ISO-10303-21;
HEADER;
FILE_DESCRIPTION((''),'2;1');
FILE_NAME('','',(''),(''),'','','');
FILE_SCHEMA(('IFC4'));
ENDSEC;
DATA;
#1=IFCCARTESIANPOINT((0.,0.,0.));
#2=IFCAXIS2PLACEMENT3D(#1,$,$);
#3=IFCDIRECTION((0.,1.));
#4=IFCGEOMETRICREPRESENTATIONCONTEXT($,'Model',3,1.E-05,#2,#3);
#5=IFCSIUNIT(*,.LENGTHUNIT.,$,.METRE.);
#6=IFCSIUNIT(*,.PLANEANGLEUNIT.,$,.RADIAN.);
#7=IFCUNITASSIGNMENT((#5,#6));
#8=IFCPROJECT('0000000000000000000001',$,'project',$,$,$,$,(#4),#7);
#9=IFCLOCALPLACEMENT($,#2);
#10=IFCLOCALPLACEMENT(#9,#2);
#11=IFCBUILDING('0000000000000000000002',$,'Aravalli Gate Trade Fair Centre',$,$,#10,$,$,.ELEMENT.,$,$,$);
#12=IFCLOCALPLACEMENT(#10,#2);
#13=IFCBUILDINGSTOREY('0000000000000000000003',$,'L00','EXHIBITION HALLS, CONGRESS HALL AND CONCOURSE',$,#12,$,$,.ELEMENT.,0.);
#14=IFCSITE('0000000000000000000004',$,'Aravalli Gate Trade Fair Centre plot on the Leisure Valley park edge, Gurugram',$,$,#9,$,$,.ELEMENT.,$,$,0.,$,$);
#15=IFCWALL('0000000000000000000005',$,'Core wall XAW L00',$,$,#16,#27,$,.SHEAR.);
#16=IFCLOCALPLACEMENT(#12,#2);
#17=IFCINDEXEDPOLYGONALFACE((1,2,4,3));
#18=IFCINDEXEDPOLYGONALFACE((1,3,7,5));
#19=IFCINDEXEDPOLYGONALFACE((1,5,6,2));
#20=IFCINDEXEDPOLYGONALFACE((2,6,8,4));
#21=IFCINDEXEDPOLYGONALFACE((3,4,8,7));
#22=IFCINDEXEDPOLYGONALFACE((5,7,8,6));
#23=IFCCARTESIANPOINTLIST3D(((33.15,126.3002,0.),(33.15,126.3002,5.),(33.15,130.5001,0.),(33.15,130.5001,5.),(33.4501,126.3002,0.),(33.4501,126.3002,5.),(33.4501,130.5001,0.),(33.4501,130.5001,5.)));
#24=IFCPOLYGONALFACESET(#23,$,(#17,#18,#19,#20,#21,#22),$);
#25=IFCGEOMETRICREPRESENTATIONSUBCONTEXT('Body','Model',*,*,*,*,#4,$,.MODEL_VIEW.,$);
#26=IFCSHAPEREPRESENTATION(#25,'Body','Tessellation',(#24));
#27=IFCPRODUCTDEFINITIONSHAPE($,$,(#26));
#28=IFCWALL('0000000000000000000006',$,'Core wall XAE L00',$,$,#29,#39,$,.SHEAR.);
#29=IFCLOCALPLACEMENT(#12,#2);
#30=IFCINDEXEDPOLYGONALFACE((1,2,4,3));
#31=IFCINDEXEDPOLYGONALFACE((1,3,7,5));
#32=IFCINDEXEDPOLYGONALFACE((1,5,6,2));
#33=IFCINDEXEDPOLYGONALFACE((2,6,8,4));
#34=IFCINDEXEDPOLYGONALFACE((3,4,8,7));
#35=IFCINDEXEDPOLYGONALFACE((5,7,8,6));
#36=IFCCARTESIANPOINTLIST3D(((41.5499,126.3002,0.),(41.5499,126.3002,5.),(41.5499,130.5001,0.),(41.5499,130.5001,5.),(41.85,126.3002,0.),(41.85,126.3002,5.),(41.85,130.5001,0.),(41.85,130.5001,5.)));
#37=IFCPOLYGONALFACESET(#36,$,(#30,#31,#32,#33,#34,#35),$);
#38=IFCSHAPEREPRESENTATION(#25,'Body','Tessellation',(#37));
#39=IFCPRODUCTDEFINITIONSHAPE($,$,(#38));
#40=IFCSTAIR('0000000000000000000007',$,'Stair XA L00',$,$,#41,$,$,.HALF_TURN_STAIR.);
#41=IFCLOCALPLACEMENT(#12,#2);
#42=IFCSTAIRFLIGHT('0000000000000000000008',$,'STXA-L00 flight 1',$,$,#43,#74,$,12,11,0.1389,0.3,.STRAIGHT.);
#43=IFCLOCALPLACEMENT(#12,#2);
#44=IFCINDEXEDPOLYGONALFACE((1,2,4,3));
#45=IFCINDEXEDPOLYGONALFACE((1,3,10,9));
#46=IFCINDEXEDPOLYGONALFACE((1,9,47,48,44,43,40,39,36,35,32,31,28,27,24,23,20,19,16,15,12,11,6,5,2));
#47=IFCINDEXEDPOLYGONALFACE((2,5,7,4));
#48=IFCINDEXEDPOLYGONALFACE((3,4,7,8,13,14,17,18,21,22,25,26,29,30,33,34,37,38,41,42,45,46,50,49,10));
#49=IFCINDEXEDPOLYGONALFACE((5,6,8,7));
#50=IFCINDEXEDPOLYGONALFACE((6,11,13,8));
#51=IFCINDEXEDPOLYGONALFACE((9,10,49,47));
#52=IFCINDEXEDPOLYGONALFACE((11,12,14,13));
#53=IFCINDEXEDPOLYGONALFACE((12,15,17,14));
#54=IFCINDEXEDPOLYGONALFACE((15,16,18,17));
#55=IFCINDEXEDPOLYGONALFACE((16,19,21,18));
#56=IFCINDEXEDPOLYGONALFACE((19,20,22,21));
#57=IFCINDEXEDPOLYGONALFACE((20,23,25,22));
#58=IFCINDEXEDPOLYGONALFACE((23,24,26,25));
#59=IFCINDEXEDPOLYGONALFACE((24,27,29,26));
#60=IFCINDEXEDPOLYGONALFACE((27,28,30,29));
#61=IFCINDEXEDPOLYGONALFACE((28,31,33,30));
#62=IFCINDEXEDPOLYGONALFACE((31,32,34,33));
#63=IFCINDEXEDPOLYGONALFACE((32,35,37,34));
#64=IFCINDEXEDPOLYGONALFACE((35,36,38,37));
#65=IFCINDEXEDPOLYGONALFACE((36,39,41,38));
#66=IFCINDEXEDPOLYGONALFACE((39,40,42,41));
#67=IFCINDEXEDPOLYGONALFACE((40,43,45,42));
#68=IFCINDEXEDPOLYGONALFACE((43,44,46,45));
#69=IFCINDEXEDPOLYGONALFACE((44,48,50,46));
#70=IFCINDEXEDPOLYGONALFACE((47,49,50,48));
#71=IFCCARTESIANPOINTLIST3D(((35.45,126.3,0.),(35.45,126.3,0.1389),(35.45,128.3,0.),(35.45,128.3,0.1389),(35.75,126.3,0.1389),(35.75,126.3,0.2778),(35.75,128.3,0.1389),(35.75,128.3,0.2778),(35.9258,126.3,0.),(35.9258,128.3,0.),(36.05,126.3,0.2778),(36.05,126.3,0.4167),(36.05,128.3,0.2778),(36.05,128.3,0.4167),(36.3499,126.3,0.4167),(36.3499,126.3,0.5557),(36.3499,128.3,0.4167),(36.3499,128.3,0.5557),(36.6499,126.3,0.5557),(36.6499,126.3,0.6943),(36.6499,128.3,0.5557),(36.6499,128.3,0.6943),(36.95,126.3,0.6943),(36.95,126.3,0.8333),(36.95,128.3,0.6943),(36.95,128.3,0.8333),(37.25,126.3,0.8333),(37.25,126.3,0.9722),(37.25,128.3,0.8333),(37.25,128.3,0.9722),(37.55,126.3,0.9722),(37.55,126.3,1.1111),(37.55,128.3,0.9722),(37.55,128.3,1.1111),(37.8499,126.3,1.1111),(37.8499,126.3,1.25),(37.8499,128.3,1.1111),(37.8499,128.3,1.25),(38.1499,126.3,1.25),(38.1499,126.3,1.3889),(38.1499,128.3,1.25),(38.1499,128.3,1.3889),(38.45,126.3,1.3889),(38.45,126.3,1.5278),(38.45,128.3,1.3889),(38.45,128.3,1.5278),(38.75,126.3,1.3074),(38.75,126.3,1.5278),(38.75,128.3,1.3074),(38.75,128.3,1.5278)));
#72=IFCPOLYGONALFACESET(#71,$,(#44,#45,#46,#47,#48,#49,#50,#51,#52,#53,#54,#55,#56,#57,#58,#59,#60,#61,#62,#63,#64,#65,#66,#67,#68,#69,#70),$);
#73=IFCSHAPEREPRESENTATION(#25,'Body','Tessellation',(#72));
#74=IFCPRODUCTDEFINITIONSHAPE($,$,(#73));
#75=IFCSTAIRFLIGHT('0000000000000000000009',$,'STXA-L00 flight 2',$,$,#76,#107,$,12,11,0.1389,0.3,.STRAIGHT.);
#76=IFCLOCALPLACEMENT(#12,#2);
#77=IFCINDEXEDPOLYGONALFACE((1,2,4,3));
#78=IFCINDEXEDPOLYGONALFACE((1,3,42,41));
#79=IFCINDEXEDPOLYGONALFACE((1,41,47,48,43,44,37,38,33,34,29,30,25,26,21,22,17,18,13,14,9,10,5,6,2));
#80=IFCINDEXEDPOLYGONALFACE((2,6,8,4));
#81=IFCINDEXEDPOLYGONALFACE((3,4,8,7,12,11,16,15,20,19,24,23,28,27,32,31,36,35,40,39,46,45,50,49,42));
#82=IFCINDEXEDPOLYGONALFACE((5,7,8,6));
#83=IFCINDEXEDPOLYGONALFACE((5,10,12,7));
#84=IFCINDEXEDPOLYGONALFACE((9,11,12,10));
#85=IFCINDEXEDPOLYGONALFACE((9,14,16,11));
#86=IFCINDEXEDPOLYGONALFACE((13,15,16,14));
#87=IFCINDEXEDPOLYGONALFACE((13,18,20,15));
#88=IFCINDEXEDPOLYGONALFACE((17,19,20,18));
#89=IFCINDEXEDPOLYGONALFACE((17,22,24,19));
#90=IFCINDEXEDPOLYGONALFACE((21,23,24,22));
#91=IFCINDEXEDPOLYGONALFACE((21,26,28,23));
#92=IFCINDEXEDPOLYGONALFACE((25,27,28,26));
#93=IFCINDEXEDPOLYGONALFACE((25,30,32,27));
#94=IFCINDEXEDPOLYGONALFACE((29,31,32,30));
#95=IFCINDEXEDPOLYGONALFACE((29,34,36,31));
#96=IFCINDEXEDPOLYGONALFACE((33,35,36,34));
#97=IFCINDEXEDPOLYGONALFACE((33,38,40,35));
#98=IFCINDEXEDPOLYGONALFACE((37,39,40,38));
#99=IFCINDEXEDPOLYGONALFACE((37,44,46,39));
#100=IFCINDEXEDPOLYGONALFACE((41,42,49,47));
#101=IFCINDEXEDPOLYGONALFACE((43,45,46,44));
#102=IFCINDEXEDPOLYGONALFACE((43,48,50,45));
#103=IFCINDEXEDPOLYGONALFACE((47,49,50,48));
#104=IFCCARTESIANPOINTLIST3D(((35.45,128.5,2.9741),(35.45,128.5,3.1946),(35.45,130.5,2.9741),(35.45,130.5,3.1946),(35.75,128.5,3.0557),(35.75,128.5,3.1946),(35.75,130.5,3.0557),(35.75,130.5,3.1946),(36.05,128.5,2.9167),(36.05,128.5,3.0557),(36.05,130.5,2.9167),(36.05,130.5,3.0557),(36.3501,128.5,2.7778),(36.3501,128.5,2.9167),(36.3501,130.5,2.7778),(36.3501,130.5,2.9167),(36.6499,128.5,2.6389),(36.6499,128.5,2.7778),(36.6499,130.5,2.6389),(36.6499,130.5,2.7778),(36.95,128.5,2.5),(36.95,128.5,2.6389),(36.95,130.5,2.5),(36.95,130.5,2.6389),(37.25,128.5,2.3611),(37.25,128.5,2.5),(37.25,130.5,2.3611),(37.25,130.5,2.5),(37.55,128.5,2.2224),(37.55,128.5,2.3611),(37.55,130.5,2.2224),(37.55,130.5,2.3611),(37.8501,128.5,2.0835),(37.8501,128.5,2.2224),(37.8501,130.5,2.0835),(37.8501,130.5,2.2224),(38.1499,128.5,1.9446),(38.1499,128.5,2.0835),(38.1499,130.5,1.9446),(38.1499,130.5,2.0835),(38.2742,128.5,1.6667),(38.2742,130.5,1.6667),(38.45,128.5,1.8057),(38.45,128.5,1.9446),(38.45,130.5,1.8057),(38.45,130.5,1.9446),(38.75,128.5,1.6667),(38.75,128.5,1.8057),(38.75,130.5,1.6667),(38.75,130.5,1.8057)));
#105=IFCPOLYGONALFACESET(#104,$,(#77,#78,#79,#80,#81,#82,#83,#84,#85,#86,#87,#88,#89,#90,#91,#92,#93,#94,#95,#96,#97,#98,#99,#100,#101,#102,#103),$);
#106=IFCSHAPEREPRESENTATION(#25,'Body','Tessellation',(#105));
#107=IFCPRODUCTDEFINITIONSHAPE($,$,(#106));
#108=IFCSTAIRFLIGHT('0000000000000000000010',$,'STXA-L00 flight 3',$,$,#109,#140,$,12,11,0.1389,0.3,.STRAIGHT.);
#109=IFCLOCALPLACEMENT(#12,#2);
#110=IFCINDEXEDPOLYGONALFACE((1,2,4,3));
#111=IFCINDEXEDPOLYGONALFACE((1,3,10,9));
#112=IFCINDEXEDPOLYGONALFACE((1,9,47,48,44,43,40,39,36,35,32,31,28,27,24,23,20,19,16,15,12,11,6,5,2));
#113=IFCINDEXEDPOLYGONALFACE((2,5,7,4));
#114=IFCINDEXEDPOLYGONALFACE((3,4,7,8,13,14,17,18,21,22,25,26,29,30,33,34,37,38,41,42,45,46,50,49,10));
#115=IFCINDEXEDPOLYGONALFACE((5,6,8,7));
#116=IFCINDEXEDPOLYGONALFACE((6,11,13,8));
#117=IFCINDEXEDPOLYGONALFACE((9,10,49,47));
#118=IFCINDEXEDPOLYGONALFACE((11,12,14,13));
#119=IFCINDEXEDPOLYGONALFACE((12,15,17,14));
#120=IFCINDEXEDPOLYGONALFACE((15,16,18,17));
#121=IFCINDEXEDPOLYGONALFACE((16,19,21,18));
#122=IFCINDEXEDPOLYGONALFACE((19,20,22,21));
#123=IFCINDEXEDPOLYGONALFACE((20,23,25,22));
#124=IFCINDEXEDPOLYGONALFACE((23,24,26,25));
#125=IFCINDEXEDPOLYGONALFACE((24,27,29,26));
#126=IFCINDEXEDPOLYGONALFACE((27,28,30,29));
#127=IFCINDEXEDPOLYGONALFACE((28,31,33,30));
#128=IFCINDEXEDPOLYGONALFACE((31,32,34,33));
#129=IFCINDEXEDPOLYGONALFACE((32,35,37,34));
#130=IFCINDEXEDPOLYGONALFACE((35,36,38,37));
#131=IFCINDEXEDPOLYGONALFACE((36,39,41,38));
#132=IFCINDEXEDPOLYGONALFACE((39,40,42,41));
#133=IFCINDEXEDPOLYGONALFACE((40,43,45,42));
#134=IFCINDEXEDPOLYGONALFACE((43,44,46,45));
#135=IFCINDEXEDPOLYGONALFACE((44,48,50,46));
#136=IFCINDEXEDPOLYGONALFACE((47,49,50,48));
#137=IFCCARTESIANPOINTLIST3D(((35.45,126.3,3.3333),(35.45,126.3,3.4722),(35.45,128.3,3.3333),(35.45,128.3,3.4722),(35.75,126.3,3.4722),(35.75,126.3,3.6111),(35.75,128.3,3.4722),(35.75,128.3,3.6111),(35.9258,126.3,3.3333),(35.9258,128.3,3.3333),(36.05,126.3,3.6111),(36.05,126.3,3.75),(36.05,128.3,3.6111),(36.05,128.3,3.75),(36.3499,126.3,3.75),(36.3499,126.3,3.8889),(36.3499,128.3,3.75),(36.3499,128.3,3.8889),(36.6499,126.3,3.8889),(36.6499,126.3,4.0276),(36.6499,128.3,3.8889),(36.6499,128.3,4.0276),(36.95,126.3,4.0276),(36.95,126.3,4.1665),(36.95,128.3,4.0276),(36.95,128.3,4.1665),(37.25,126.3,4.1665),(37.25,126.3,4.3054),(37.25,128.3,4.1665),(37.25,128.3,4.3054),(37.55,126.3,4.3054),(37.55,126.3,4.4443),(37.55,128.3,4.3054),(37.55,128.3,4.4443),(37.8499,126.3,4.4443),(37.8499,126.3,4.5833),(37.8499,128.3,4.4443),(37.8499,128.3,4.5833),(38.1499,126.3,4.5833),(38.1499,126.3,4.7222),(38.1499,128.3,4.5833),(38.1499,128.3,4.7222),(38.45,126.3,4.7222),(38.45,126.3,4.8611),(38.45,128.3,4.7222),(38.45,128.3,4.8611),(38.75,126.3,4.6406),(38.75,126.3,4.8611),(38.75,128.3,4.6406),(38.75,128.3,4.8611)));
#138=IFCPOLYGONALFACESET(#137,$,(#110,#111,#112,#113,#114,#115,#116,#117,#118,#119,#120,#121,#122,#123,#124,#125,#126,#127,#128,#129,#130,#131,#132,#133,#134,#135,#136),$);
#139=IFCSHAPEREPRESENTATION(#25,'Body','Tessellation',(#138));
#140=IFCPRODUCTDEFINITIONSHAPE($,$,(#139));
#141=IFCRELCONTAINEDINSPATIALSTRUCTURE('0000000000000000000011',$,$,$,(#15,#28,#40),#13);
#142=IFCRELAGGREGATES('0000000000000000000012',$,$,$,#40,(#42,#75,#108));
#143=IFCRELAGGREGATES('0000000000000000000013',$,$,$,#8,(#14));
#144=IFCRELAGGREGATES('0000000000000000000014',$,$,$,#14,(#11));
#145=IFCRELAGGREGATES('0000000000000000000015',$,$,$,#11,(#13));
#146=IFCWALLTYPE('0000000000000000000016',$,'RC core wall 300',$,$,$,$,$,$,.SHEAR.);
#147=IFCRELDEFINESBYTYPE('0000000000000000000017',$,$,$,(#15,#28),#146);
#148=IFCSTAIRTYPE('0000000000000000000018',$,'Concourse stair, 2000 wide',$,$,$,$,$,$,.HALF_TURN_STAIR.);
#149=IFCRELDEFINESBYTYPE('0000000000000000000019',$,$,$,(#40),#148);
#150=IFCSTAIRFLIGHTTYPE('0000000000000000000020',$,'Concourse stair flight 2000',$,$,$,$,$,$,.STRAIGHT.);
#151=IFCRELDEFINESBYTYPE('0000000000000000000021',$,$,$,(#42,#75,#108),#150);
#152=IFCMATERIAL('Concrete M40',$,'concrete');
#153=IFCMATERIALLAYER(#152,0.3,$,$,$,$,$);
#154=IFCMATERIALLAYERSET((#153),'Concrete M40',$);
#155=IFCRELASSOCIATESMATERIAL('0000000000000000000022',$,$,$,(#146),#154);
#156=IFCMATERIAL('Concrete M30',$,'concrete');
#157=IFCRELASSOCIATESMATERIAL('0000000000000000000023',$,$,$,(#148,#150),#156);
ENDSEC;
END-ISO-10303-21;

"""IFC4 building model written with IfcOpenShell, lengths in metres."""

from ifc_helpers import new_model, si_unit, direction, frame, frame_2d, origin, place, context, subcontext, project, spatial, polyline, rectangle, outline, extrude, material, layer, layer_set, type_object, element, aggregate, save


model = new_model("IFC4")

# Units and contexts
model_context = context("Model", 3, precision=1e-05, world=origin(), true_north=direction((0.0, 1.0)))
body_context = subcontext(model_context, "Body", "Model", "MODEL_VIEW")
ifc_project = project(units=[si_unit("LENGTHUNIT", "METRE"), si_unit("PLANEANGLEUNIT", "RADIAN")], contexts=[model_context])

# Site, building, storey
site_placement = place(None, origin())
site = spatial("IfcSite", under=ifc_project, at=site_placement, Name="Aravalli Gate Trade Fair Centre plot on the Leisure Valley park edge, Gurugram", CompositionType="ELEMENT", RefElevation=0.0)
building_placement = place(site_placement, origin())
building = spatial("IfcBuilding", under=site, at=building_placement, Name="Aravalli Gate Trade Fair Centre", CompositionType="ELEMENT")
storey_placement = place(building_placement, origin())
storey = spatial("IfcBuildingStorey", under=building, at=storey_placement, Name="L00", Description="EXHIBITION HALLS, CONGRESS HALL AND CONCOURSE", CompositionType="ELEMENT", Elevation=0.0)

# Shared definitions
ifc_material_1 = material(Name="Concrete M40", Category="concrete")
ifc_layer_1 = layer(ifc_material_1, 0.3)
ifc_layer_set_1 = layer_set([ifc_layer_1], Name="Concrete M40")
wall_type_1 = type_object("IfcWallType", Name="RC core wall 300", PredefinedType="SHEAR", material=ifc_layer_set_1)

# Walls
for number, where, z_axis, x_axis, name in (
    (1, (33.3, 126.3, 0.0), (0.0, 0.0, 1.0), (0.0, 1.0, 0.0), "Core wall XAW L00"),
    (2, (41.7, 126.3, 0.0), (0.0, 0.0, 1.0), (0.0, 1.0, 0.0), "Core wall XAE L00"),
):
    element("IfcWall", number, at=place(storey_placement, frame(where, z_axis=z_axis, x_axis=x_axis)), inside=storey, type_object=wall_type_1, Name=name, PredefinedType="SHEAR", context=body_context, shape_type="SweptSolid", body=[
        extrude(rectangle(XDim=4.2, YDim=0.3, at=frame_2d((2.1001, 0.0))), origin(), (0.0, 0.0, 1.0), 5.0),
    ])

# Stair, stair flights
ifc_material_2 = material(Name="Concrete M30", Category="concrete")
stair_type = type_object("IfcStairType", Name="Concourse stair, 2000 wide", PredefinedType="HALF_TURN_STAIR", material=ifc_material_2)
stair_placement = place(storey_placement, origin())
stair = element("IfcStair", 3, at=stair_placement, inside=storey, type_object=stair_type, Name="Stair XA L00", PredefinedType="HALF_TURN_STAIR")
stair_flight_type = type_object("IfcStairFlightType", Name="Concourse stair flight 2000", PredefinedType="STRAIGHT", material=ifc_material_2)
stair_flight_1_placement = place(storey_placement, frame((35.45, 127.3, 0.0), z_axis=(0.0, 0.0, 1.0), x_axis=(1.0, 0.0, 0.0)))
stair_flight_1 = element("IfcStairFlight", 4, at=stair_flight_1_placement, type_object=stair_flight_type, Name="STXA-L00 flight 1", NumberOfRisers=12, NumberOfTreads=11, PredefinedType="STRAIGHT", RiserHeight=0.1389, TreadLength=0.3, context=body_context, shape_type="SweptSolid", body=[
    extrude(outline(polyline([(0.0, 0.0), (0.0, 0.1389), (0.3, 0.1389), (0.3, 0.2778), (0.6001, 0.2778), (0.6001, 0.4167), (0.8999, 0.4167), (0.8999, 0.5557), (1.2, 0.5557), (1.2, 0.6943), (1.5, 0.6943), (1.5, 0.8333), (1.8, 0.8333), (1.8, 0.9722), (2.1001, 0.9722), (2.1001, 1.1111), (2.3999, 1.1111), (2.3999, 1.25), (2.7, 1.25), (2.7, 1.3889), (3.0, 1.3889), (3.0, 1.5278), (3.3, 1.5278), (3.3, 1.6667), (3.3, 1.3074), (0.4758, 0.0), (0.0, 0.0)])), frame((0.0, 1.0, 0.0), z_axis=(0.0, -1.0, 0.0), x_axis=(1.0, 0.0, 0.0)), (0.0, 0.0, 1.0), 2.0),
])
stair_flight_2_placement = place(storey_placement, frame((38.75, 129.5, 1.6667), z_axis=(0.0, 0.0, 1.0), x_axis=(-1.0, 0.0, 0.0)))
stair_flight_2 = element("IfcStairFlight", 5, at=stair_flight_2_placement, type_object=stair_flight_type, Name="STXA-L00 flight 2", NumberOfRisers=12, NumberOfTreads=11, PredefinedType="STRAIGHT", RiserHeight=0.1389, TreadLength=0.3, context=body_context, shape_type="SweptSolid", body=[
    extrude(outline(polyline([(0.0, 0.0), (0.0, 0.1389), (0.3, 0.1389), (0.3, 0.2778), (0.6001, 0.2778), (0.6001, 0.4167), (0.8999, 0.4167), (0.8999, 0.5557), (1.2, 0.5557), (1.2, 0.6943), (1.5, 0.6943), (1.5, 0.8333), (1.8, 0.8333), (1.8, 0.9722), (2.1001, 0.9722), (2.1001, 1.1111), (2.3999, 1.1111), (2.3999, 1.25), (2.7, 1.25), (2.7, 1.3889), (3.0, 1.3889), (3.0, 1.5278), (3.3, 1.5278), (3.3, 1.6667), (3.3, 1.3074), (0.4758, 0.0), (0.0, 0.0)])), frame((0.0, 1.0, 0.0), z_axis=(0.0, -1.0, 0.0), x_axis=(1.0, 0.0, 0.0)), (0.0, 0.0, 1.0), 2.0),
])
stair_flight_3_placement = place(storey_placement, frame((35.45, 127.3, 3.3333), z_axis=(0.0, 0.0, 1.0), x_axis=(1.0, 0.0, 0.0)))
stair_flight_3 = element("IfcStairFlight", 6, at=stair_flight_3_placement, type_object=stair_flight_type, Name="STXA-L00 flight 3", NumberOfRisers=12, NumberOfTreads=11, PredefinedType="STRAIGHT", RiserHeight=0.1389, TreadLength=0.3, context=body_context, shape_type="SweptSolid", body=[
    extrude(outline(polyline([(0.0, 0.0), (0.0, 0.1389), (0.3, 0.1389), (0.3, 0.2778), (0.6001, 0.2778), (0.6001, 0.4167), (0.8999, 0.4167), (0.8999, 0.5557), (1.2, 0.5557), (1.2, 0.6943), (1.5, 0.6943), (1.5, 0.8333), (1.8, 0.8333), (1.8, 0.9722), (2.1001, 0.9722), (2.1001, 1.1111), (2.3999, 1.1111), (2.3999, 1.25), (2.7, 1.25), (2.7, 1.3889), (3.0, 1.3889), (3.0, 1.5278), (3.3, 1.5278), (3.3, 1.6667), (3.3, 1.3074), (0.4758, 0.0), (0.0, 0.0)])), frame((0.0, 1.0, 0.0), z_axis=(0.0, -1.0, 0.0), x_axis=(1.0, 0.0, 0.0)), (0.0, 0.0, 1.0), 2.0),
])
aggregate(stair, [stair_flight_1, stair_flight_2, stair_flight_3])

save(model, "model.ifc")
